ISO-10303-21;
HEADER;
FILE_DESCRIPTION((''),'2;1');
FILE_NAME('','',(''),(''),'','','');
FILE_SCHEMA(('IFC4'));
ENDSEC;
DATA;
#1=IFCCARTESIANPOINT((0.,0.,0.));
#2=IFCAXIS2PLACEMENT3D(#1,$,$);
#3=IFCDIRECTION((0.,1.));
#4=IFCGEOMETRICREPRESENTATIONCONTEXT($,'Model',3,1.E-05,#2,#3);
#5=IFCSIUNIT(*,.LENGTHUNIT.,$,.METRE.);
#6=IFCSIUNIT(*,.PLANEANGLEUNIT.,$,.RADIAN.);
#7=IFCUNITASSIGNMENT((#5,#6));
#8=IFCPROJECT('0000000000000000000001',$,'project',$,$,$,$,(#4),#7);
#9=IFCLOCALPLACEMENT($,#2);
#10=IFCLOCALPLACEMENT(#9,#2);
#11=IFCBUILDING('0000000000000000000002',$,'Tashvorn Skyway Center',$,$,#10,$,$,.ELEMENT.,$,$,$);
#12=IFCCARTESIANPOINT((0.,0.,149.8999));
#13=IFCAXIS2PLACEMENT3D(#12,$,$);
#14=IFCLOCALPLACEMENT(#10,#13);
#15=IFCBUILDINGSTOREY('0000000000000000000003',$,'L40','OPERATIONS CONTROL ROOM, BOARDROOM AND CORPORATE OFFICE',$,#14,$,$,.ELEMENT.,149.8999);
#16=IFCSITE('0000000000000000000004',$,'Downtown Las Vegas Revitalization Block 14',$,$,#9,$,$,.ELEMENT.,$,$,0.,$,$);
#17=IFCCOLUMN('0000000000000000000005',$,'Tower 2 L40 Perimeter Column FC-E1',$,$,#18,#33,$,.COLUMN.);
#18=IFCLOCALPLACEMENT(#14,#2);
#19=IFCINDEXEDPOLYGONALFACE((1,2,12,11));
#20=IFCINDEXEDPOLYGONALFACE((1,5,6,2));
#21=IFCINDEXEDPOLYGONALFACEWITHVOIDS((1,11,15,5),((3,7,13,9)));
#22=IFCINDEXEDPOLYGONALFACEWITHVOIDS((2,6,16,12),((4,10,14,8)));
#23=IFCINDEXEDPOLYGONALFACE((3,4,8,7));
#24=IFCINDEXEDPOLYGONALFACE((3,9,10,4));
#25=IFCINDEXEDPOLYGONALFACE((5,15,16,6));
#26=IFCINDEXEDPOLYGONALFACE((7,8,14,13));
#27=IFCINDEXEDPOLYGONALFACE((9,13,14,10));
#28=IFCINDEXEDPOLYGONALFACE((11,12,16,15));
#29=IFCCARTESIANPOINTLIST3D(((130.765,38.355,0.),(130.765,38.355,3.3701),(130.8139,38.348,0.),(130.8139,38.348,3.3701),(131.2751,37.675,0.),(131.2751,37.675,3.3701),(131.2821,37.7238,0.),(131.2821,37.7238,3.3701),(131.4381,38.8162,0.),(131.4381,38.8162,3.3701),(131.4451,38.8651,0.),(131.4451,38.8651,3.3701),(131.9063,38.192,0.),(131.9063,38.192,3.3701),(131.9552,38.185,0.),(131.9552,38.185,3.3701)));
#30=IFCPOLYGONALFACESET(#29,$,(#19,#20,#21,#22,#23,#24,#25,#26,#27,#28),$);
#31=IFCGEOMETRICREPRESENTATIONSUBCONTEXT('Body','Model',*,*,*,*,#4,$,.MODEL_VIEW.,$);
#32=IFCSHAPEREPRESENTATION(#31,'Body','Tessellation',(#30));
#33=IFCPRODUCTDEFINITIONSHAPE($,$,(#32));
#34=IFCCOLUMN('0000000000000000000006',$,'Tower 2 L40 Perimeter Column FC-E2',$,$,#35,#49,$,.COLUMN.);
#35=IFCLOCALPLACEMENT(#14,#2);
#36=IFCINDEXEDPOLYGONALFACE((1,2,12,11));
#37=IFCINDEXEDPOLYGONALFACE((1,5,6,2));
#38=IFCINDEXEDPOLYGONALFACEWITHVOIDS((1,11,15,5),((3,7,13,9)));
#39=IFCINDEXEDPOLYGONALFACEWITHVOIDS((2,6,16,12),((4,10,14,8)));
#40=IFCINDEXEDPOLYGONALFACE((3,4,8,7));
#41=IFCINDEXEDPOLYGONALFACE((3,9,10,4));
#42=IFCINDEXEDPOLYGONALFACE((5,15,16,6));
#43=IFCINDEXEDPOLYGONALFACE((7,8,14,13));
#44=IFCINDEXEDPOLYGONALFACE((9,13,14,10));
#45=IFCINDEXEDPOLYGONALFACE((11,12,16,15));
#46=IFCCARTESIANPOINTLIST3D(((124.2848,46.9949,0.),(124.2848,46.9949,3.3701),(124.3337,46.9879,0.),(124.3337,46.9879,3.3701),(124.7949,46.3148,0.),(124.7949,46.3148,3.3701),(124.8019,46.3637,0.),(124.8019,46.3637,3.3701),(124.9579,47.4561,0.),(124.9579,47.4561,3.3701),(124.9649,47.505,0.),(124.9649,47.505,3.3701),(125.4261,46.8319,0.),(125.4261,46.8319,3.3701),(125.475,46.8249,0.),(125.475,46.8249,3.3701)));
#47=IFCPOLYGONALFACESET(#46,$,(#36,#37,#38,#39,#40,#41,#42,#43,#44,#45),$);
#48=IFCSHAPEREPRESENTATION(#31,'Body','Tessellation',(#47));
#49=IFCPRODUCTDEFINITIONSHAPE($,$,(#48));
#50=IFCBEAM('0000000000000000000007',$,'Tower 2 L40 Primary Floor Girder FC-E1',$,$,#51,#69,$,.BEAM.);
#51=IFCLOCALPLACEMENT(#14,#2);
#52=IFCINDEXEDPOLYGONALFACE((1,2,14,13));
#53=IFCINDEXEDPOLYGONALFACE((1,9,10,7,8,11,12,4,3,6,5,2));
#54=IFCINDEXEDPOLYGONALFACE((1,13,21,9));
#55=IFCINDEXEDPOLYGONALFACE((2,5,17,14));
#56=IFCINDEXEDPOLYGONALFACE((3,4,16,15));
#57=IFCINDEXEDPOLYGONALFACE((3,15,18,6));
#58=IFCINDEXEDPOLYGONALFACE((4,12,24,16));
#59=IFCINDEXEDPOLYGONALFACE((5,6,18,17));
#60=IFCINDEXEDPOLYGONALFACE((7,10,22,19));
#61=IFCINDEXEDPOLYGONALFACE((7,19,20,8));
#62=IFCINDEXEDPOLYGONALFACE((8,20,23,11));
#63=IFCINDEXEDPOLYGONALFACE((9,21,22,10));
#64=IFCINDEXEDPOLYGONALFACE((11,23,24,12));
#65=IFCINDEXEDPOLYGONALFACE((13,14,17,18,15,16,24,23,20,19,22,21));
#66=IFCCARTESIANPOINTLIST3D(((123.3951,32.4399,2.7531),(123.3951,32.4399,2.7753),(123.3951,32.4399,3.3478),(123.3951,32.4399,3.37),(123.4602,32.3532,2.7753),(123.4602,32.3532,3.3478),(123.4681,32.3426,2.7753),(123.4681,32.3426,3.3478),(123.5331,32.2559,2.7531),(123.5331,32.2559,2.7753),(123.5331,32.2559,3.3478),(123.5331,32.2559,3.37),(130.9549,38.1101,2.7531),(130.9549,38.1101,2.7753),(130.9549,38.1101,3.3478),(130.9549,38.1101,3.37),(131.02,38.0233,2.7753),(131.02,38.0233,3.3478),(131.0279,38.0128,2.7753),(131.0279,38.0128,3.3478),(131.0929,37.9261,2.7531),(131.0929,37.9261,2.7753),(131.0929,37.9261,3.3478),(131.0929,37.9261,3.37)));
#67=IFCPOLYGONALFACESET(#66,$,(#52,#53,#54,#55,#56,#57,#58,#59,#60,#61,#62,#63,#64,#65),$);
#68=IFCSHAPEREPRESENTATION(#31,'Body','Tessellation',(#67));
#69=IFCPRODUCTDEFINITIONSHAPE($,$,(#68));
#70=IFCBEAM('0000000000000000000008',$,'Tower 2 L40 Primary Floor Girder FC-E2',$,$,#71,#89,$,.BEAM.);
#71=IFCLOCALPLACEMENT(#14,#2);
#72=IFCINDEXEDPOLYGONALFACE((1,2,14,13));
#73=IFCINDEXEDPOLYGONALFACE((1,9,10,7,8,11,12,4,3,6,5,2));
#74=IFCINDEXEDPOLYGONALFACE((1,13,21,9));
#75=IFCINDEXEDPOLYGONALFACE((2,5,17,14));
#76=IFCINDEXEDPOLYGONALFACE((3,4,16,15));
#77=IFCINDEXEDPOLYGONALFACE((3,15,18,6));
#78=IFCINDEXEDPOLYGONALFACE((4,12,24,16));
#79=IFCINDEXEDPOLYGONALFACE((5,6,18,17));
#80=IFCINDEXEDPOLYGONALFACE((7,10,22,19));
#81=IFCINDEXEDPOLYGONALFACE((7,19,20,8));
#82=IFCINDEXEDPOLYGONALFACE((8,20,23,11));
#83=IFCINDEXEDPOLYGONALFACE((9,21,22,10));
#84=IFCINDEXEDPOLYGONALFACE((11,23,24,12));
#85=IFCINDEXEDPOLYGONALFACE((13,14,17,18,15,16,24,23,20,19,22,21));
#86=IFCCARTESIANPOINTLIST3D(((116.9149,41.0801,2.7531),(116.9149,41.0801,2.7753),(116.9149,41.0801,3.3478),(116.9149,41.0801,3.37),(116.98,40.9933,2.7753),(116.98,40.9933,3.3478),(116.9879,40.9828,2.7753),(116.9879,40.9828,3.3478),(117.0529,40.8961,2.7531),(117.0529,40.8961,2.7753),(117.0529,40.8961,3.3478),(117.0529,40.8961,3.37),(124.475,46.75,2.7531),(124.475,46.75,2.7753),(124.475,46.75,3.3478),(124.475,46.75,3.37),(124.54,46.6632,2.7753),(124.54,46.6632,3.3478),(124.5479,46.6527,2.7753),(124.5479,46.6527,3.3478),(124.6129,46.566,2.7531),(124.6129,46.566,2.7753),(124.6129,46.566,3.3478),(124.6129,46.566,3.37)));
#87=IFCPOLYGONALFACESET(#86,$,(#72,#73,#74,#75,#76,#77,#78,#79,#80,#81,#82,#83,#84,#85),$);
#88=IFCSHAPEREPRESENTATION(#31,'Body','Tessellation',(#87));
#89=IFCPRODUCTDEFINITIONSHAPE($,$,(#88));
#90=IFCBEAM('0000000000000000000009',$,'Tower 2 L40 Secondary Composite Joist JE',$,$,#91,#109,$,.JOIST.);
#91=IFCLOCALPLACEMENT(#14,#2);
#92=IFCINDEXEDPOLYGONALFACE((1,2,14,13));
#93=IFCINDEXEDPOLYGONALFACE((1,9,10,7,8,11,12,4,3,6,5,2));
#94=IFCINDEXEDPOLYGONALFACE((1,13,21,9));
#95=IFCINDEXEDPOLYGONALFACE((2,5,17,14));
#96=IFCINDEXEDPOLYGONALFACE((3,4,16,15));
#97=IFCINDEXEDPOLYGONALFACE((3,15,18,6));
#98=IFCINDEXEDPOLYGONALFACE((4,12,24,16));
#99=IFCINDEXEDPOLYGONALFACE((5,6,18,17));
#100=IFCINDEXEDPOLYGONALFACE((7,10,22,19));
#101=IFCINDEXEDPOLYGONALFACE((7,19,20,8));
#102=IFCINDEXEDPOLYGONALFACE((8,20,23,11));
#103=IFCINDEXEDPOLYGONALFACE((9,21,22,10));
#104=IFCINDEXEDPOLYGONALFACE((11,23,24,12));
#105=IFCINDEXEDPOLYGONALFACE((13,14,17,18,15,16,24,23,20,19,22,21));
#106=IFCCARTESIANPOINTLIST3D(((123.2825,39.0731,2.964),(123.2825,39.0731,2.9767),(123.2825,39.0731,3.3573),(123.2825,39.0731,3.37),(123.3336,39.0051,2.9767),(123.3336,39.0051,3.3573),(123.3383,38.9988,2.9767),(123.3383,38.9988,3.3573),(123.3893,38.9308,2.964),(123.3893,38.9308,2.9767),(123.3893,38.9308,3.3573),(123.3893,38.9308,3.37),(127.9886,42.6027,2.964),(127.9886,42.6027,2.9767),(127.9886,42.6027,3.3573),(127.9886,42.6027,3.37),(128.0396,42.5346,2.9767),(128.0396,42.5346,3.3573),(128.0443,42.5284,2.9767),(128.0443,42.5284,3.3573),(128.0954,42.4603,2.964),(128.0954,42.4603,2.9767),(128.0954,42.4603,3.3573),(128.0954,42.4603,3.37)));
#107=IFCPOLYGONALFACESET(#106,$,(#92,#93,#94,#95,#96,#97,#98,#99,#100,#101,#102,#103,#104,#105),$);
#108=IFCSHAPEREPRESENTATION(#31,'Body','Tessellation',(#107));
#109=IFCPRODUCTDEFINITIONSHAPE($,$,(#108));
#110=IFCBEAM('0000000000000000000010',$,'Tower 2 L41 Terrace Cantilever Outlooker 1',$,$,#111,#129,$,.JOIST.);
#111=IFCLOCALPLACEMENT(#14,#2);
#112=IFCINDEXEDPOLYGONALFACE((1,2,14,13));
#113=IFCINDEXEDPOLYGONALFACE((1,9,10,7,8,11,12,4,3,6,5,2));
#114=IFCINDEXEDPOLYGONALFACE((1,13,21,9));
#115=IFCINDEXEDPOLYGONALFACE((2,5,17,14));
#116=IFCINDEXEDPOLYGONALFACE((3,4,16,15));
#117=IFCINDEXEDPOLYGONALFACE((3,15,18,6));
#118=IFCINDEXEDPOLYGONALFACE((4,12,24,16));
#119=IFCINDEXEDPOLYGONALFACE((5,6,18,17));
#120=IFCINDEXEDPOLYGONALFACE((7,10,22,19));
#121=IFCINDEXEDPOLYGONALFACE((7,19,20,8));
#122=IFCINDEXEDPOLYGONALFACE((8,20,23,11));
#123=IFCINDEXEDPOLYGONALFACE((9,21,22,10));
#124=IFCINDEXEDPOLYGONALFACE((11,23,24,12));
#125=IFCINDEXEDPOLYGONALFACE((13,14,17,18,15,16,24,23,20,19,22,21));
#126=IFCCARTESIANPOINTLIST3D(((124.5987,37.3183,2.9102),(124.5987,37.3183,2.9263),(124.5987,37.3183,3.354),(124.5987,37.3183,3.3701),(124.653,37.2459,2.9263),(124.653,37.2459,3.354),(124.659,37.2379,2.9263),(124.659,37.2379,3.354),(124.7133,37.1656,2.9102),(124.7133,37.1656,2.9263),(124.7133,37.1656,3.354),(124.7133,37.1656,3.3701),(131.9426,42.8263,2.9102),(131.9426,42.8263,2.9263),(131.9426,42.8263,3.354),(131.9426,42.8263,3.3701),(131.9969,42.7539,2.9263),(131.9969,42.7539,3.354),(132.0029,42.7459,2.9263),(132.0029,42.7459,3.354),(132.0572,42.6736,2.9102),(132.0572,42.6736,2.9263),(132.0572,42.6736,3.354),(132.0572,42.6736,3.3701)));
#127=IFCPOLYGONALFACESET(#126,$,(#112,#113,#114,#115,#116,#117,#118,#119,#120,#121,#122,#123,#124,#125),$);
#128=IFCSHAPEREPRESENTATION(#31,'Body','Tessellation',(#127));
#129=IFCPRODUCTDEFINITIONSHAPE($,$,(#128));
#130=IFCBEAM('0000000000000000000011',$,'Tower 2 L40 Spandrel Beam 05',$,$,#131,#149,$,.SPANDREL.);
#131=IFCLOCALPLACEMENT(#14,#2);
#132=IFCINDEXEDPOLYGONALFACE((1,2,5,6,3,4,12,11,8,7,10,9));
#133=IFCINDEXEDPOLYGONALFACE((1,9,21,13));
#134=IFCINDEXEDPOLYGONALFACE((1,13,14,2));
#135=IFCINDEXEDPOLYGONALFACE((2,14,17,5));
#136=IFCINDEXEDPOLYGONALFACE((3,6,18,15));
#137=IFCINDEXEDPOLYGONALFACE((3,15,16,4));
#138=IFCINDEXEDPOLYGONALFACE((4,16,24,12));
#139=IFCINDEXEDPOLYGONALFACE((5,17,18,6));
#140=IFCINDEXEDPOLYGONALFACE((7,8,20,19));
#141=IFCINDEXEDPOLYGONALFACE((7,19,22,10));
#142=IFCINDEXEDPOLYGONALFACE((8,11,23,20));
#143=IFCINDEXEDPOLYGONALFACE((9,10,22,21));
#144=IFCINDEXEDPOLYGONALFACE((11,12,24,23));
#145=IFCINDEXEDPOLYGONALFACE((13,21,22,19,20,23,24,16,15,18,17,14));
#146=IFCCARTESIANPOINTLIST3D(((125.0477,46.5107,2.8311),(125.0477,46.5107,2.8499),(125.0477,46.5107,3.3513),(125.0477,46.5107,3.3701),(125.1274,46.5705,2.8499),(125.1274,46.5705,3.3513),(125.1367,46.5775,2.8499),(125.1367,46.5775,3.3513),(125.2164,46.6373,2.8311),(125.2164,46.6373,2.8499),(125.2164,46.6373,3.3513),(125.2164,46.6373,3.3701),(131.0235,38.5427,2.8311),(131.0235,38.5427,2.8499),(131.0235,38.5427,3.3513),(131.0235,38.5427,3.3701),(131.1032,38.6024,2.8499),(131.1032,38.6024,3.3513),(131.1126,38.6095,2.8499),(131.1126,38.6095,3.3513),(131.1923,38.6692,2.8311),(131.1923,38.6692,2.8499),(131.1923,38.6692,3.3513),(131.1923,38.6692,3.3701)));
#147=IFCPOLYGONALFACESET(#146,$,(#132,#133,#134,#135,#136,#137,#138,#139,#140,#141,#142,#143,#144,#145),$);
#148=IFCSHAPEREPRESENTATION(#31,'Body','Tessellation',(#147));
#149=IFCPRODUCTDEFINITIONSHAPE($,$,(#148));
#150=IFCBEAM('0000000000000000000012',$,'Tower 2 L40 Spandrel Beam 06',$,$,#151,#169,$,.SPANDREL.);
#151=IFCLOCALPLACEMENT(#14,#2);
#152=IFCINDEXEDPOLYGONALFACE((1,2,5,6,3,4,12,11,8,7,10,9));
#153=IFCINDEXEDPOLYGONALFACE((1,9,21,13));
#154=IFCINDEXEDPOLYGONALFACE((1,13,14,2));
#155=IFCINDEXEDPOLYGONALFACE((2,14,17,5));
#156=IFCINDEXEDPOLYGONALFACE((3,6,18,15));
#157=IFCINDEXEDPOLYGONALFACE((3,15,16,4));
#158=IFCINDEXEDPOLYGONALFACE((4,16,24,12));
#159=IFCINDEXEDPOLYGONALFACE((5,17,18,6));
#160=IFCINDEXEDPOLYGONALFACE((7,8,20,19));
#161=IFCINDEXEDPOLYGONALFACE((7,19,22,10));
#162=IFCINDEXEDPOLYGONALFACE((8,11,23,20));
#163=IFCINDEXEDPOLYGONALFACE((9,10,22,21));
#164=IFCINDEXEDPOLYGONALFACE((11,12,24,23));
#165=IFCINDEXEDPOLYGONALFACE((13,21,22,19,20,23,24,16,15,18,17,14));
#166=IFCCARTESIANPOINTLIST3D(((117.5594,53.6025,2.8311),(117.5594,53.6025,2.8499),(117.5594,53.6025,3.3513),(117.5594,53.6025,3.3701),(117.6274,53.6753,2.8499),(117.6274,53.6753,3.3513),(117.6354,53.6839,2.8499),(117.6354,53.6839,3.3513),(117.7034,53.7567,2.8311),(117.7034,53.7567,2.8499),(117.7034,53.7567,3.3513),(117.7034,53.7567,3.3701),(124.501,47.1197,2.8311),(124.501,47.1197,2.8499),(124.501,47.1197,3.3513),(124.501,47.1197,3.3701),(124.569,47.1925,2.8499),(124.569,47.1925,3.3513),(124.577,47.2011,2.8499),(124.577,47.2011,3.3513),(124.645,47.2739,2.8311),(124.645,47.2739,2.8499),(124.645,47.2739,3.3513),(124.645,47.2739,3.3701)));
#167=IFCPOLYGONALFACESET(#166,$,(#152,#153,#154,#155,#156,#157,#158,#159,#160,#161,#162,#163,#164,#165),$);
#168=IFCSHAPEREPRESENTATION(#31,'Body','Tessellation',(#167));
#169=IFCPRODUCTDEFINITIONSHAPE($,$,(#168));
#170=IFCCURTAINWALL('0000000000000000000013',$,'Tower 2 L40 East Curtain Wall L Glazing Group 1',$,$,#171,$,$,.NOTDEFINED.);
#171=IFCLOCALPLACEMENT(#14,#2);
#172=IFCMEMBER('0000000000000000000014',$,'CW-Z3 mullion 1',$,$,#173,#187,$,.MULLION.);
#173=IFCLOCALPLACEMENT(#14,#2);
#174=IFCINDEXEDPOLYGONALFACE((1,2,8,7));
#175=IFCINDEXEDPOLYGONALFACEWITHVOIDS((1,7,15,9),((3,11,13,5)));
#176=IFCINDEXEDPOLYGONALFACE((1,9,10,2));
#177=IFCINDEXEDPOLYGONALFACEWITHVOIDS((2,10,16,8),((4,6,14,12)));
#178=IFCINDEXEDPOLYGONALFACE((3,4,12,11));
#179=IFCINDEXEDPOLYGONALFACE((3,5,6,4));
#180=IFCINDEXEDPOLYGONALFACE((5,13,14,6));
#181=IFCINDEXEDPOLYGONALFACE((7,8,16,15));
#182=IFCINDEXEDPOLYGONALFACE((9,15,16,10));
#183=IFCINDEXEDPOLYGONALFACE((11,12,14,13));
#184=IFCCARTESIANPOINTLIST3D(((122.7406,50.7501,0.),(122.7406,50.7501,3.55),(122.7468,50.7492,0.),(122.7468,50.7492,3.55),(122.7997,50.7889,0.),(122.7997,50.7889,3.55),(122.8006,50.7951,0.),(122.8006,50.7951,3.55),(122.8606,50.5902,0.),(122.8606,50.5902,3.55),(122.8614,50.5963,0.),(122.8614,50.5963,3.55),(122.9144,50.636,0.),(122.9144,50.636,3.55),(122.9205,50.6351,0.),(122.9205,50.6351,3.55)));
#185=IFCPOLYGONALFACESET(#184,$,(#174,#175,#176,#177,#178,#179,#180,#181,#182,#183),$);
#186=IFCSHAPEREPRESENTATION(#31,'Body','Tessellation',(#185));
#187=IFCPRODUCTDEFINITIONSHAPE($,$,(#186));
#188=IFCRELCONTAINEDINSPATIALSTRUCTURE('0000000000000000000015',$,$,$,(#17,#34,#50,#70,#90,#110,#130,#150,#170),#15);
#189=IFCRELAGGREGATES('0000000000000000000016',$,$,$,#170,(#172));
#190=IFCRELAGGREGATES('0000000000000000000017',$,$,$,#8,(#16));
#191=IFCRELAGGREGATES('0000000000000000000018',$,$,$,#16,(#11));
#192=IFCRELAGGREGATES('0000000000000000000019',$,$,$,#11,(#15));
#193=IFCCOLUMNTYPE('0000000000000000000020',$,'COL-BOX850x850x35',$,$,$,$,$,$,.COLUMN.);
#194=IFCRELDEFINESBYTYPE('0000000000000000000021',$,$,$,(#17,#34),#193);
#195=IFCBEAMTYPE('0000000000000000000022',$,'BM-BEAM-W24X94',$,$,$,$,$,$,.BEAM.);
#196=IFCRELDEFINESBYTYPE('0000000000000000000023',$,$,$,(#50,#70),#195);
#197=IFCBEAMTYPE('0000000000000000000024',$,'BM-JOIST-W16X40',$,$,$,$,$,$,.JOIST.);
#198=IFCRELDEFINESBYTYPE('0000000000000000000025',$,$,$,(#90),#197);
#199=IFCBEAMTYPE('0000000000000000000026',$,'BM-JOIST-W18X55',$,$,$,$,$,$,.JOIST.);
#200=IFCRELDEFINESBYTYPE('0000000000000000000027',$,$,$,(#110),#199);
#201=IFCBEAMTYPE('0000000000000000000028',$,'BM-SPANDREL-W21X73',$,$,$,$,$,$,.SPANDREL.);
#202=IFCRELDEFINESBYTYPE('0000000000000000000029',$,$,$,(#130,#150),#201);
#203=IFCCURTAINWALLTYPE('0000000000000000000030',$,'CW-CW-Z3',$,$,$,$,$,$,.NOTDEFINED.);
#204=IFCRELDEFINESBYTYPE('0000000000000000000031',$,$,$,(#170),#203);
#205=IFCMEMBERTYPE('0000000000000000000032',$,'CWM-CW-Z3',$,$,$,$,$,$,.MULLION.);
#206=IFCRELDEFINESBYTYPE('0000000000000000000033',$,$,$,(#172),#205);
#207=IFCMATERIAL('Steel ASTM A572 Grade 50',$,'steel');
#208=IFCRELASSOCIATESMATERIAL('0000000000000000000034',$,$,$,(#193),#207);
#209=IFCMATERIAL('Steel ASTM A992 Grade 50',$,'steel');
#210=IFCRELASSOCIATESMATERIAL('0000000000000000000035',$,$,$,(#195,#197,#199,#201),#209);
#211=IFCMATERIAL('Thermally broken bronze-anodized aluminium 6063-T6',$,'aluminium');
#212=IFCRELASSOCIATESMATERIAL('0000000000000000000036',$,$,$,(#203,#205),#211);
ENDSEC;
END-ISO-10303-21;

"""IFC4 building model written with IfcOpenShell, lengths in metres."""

from ifc_helpers import new_model, si_unit, direction, frame, origin, origin_2d, place, context, subcontext, project, spatial, hollow_rectangle, i_section, extrude, material, material_profile, profile_set, type_object, element, aggregate, save


model = new_model("IFC4")

# Units and contexts
model_context = context("Model", 3, precision=1e-05, world=origin(), true_north=direction((0.0, 1.0)))
body_context = subcontext(model_context, "Body", "Model", "MODEL_VIEW")
ifc_project = project(units=[si_unit("LENGTHUNIT", "METRE"), si_unit("PLANEANGLEUNIT", "RADIAN")], contexts=[model_context])

# Site, building, storey
site_placement = place(None, origin())
site = spatial("IfcSite", under=ifc_project, at=site_placement, Name="Downtown Las Vegas Revitalization Block 14", CompositionType="ELEMENT", RefElevation=0.0)
building_placement = place(site_placement, origin())
building = spatial("IfcBuilding", under=site, at=building_placement, Name="Tashvorn Skyway Center", CompositionType="ELEMENT")
storey_placement = place(building_placement, frame((0.0, 0.0, 149.8999)))
storey = spatial("IfcBuildingStorey", under=building, at=storey_placement, Name="L40", Description="OPERATIONS CONTROL ROOM, BOARDROOM AND CORPORATE OFFICE", CompositionType="ELEMENT", Elevation=149.8999)

# Columns
ifc_material_1 = material(Name="Steel ASTM A572 Grade 50", Category="steel")
ifc_material_profile_1 = material_profile(ifc_material_1, hollow_rectangle(XDim=0.8501, YDim=0.8501, WallThickness=0.0349, at=origin_2d()), Name="BOX850x850x35")
ifc_profile_set_1 = profile_set([ifc_material_profile_1], Name="Steel ASTM A572 Grade 50")
column_type = type_object("IfcColumnType", Name="COL-BOX850x850x35", PredefinedType="COLUMN", material=ifc_profile_set_1)
for number, where, z_axis, x_axis, name in (
    (1, (131.3601, 38.27, 0.0), (0.0, 0.0, 1.0), (0.8, 0.6, 0.0), "Tower 2 L40 Perimeter Column FC-E1"),
    (2, (124.8799, 46.9099, 0.0), (0.0, 0.0, 1.0), (0.8, 0.6, 0.0), "Tower 2 L40 Perimeter Column FC-E2"),
):
    element("IfcColumn", number, at=place(storey_placement, frame(where, z_axis=z_axis, x_axis=x_axis)), inside=storey, type_object=column_type, Name=name, PredefinedType="COLUMN", context=body_context, shape_type="SweptSolid", body=[
        extrude(hollow_rectangle(XDim=0.8501, YDim=0.8501, WallThickness=0.0349, at=origin_2d()), origin(), (0.0, 0.0, 1.0), 3.3701),
    ])

# Beams
ifc_material_2 = material(Name="Steel ASTM A992 Grade 50", Category="steel")
ifc_material_profile_2 = material_profile(ifc_material_2, i_section(OverallWidth=0.23, OverallDepth=0.6169, WebThickness=0.0132, FlangeThickness=0.0222, at=origin_2d()), Name="W24X94")
ifc_profile_set_2 = profile_set([ifc_material_profile_2], Name="Steel ASTM A992 Grade 50")
beam_type_1 = type_object("IfcBeamType", Name="BM-BEAM-W24X94", PredefinedType="BEAM", material=ifc_profile_set_2)
for number, where, z_axis, x_axis, name in (
    (3, (131.0239, 38.0181, 3.0615), (-0.799984, -0.600021, 0.0), (0.600021, -0.799984, 0.0), "Tower 2 L40 Primary Floor Girder FC-E1"),
    (4, (124.5439, 46.658, 3.0615), (-0.800006, -0.599992, 0.0), (0.599992, -0.800006, 0.0), "Tower 2 L40 Primary Floor Girder FC-E2"),
):
    element("IfcBeam", number, at=place(storey_placement, frame(where, z_axis=z_axis, x_axis=x_axis)), inside=storey, type_object=beam_type_1, Name=name, PredefinedType="BEAM", context=body_context, shape_type="SweptSolid", body=[
        extrude(i_section(OverallWidth=0.23, OverallDepth=0.6169, WebThickness=0.0132, FlangeThickness=0.0222, at=origin_2d()), origin(), (0.0, 0.0, 1.0), 9.45),
    ])
ifc_material_profile_3 = material_profile(ifc_material_2, i_section(OverallWidth=0.178, OverallDepth=0.406, WebThickness=0.0078, FlangeThickness=0.0127, at=origin_2d()), Name="W16X40")
ifc_profile_set_3 = profile_set([ifc_material_profile_3], Name="Steel ASTM A992 Grade 50")
beam_type_2 = type_object("IfcBeamType", Name="BM-JOIST-W16X40", PredefinedType="JOIST", material=ifc_profile_set_3)
beam_1_placement = place(storey_placement, frame((123.3359, 39.002, 3.167), z_axis=(0.8, 0.6, 0.0), x_axis=(-0.6, 0.8, 0.0)))
element("IfcBeam", 5, at=beam_1_placement, inside=storey, type_object=beam_type_2, Name="Tower 2 L40 Secondary Composite Joist JE", PredefinedType="JOIST", context=body_context, shape_type="SweptSolid", body=[
    extrude(i_section(OverallWidth=0.178, OverallDepth=0.406, WebThickness=0.0078, FlangeThickness=0.0127, at=origin_2d()), origin(), (0.0, 0.0, 1.0), 5.8826),
])
ifc_material_profile_4 = material_profile(ifc_material_2, i_section(OverallWidth=0.1909, OverallDepth=0.46, WebThickness=0.01, FlangeThickness=0.0161, at=origin_2d()), Name="W18X55")
ifc_profile_set_4 = profile_set([ifc_material_profile_4], Name="Steel ASTM A992 Grade 50")
beam_type_3 = type_object("IfcBeamType", Name="BM-JOIST-W18X55", PredefinedType="JOIST", material=ifc_profile_set_4)
beam_2_placement = place(storey_placement, frame((124.656, 37.2419, 3.1401), z_axis=(0.799997, 0.600004, 0.0), x_axis=(-0.600004, 0.799997, 0.0)))
element("IfcBeam", 6, at=beam_2_placement, inside=storey, type_object=beam_type_3, Name="Tower 2 L41 Terrace Cantilever Outlooker 1", PredefinedType="JOIST", context=body_context, shape_type="SweptSolid", body=[
    extrude(i_section(OverallWidth=0.1909, OverallDepth=0.46, WebThickness=0.01, FlangeThickness=0.0161, at=origin_2d()), origin(), (0.0, 0.0, 1.0), 9.1799),
])
ifc_material_profile_5 = material_profile(ifc_material_2, i_section(OverallWidth=0.2109, OverallDepth=0.5391, WebThickness=0.0117, FlangeThickness=0.0188, at=origin_2d()), Name="W21X73")
ifc_profile_set_5 = profile_set([ifc_material_profile_5], Name="Steel ASTM A992 Grade 50")
beam_type_4 = type_object("IfcBeamType", Name="BM-SPANDREL-W21X73", PredefinedType="SPANDREL", material=ifc_profile_set_5)
beam_3_placement = place(storey_placement, frame((131.1079, 38.606, 3.1006), z_axis=(-0.599988, 0.800009, 0.0), x_axis=(-0.800009, -0.599988, 0.0)))
element("IfcBeam", 7, at=beam_3_placement, inside=storey, type_object=beam_type_4, Name="Tower 2 L40 Spandrel Beam 05", PredefinedType="SPANDREL", context=body_context, shape_type="SweptSolid", body=[
    extrude(i_section(OverallWidth=0.2109, OverallDepth=0.5391, WebThickness=0.0117, FlangeThickness=0.0188, at=origin_2d()), origin(), (0.0, 0.0, 1.0), 9.96),
])
beam_4_placement = place(storey_placement, frame((124.573, 47.1968, 3.1006), z_axis=(-0.730843, 0.682545, 0.0), x_axis=(-0.682545, -0.730843, 0.0)))
element("IfcBeam", 8, at=beam_4_placement, inside=storey, type_object=beam_type_4, Name="Tower 2 L40 Spandrel Beam 06", PredefinedType="SPANDREL", context=body_context, shape_type="SweptSolid", body=[
    extrude(i_section(OverallWidth=0.2109, OverallDepth=0.5391, WebThickness=0.0117, FlangeThickness=0.0188, at=origin_2d()), origin(), (0.0, 0.0, 1.0), 9.498),
])

# Curtain wall, member
ifc_material_3 = material(Name="Thermally broken bronze-anodized aluminium 6063-T6", Category="aluminium")
curtain_wall_type = type_object("IfcCurtainWallType", Name="CW-CW-Z3", PredefinedType="NOTDEFINED", material=ifc_material_3)
curtain_wall_1_placement = place(storey_placement, origin())
curtain_wall_1 = element("IfcCurtainWall", 9, at=curtain_wall_1_placement, inside=storey, type_object=curtain_wall_type, Name="Tower 2 L40 East Curtain Wall L Glazing Group 1", PredefinedType="NOTDEFINED")
ifc_material_profile_6 = material_profile(ifc_material_3, hollow_rectangle(XDim=0.075, YDim=0.2, WallThickness=0.0044, at=origin_2d()), Name="ALU-MULL-75x200")
ifc_profile_set_6 = profile_set([ifc_material_profile_6], Name="Thermally broken bronze-anodized aluminium 6063-T6")
member_type_1 = type_object("IfcMemberType", Name="CWM-CW-Z3", PredefinedType="MULLION", material=ifc_profile_set_6)
member_1_placement = place(storey_placement, frame((122.8306, 50.6926, 0.0), z_axis=(0.0, 0.0, 1.0), x_axis=(0.800004, 0.599995, 0.0)))
member_1 = element("IfcMember", 10, at=member_1_placement, type_object=member_type_1, Name="CW-Z3 mullion 1", PredefinedType="MULLION", context=body_context, shape_type="SweptSolid", body=[
    extrude(hollow_rectangle(XDim=0.075, YDim=0.2, WallThickness=0.0044, at=origin_2d()), origin(), (0.0, 0.0, 1.0), 3.55),
])

aggregate(curtain_wall_1, [member_1])

save(model, "model.ifc")
